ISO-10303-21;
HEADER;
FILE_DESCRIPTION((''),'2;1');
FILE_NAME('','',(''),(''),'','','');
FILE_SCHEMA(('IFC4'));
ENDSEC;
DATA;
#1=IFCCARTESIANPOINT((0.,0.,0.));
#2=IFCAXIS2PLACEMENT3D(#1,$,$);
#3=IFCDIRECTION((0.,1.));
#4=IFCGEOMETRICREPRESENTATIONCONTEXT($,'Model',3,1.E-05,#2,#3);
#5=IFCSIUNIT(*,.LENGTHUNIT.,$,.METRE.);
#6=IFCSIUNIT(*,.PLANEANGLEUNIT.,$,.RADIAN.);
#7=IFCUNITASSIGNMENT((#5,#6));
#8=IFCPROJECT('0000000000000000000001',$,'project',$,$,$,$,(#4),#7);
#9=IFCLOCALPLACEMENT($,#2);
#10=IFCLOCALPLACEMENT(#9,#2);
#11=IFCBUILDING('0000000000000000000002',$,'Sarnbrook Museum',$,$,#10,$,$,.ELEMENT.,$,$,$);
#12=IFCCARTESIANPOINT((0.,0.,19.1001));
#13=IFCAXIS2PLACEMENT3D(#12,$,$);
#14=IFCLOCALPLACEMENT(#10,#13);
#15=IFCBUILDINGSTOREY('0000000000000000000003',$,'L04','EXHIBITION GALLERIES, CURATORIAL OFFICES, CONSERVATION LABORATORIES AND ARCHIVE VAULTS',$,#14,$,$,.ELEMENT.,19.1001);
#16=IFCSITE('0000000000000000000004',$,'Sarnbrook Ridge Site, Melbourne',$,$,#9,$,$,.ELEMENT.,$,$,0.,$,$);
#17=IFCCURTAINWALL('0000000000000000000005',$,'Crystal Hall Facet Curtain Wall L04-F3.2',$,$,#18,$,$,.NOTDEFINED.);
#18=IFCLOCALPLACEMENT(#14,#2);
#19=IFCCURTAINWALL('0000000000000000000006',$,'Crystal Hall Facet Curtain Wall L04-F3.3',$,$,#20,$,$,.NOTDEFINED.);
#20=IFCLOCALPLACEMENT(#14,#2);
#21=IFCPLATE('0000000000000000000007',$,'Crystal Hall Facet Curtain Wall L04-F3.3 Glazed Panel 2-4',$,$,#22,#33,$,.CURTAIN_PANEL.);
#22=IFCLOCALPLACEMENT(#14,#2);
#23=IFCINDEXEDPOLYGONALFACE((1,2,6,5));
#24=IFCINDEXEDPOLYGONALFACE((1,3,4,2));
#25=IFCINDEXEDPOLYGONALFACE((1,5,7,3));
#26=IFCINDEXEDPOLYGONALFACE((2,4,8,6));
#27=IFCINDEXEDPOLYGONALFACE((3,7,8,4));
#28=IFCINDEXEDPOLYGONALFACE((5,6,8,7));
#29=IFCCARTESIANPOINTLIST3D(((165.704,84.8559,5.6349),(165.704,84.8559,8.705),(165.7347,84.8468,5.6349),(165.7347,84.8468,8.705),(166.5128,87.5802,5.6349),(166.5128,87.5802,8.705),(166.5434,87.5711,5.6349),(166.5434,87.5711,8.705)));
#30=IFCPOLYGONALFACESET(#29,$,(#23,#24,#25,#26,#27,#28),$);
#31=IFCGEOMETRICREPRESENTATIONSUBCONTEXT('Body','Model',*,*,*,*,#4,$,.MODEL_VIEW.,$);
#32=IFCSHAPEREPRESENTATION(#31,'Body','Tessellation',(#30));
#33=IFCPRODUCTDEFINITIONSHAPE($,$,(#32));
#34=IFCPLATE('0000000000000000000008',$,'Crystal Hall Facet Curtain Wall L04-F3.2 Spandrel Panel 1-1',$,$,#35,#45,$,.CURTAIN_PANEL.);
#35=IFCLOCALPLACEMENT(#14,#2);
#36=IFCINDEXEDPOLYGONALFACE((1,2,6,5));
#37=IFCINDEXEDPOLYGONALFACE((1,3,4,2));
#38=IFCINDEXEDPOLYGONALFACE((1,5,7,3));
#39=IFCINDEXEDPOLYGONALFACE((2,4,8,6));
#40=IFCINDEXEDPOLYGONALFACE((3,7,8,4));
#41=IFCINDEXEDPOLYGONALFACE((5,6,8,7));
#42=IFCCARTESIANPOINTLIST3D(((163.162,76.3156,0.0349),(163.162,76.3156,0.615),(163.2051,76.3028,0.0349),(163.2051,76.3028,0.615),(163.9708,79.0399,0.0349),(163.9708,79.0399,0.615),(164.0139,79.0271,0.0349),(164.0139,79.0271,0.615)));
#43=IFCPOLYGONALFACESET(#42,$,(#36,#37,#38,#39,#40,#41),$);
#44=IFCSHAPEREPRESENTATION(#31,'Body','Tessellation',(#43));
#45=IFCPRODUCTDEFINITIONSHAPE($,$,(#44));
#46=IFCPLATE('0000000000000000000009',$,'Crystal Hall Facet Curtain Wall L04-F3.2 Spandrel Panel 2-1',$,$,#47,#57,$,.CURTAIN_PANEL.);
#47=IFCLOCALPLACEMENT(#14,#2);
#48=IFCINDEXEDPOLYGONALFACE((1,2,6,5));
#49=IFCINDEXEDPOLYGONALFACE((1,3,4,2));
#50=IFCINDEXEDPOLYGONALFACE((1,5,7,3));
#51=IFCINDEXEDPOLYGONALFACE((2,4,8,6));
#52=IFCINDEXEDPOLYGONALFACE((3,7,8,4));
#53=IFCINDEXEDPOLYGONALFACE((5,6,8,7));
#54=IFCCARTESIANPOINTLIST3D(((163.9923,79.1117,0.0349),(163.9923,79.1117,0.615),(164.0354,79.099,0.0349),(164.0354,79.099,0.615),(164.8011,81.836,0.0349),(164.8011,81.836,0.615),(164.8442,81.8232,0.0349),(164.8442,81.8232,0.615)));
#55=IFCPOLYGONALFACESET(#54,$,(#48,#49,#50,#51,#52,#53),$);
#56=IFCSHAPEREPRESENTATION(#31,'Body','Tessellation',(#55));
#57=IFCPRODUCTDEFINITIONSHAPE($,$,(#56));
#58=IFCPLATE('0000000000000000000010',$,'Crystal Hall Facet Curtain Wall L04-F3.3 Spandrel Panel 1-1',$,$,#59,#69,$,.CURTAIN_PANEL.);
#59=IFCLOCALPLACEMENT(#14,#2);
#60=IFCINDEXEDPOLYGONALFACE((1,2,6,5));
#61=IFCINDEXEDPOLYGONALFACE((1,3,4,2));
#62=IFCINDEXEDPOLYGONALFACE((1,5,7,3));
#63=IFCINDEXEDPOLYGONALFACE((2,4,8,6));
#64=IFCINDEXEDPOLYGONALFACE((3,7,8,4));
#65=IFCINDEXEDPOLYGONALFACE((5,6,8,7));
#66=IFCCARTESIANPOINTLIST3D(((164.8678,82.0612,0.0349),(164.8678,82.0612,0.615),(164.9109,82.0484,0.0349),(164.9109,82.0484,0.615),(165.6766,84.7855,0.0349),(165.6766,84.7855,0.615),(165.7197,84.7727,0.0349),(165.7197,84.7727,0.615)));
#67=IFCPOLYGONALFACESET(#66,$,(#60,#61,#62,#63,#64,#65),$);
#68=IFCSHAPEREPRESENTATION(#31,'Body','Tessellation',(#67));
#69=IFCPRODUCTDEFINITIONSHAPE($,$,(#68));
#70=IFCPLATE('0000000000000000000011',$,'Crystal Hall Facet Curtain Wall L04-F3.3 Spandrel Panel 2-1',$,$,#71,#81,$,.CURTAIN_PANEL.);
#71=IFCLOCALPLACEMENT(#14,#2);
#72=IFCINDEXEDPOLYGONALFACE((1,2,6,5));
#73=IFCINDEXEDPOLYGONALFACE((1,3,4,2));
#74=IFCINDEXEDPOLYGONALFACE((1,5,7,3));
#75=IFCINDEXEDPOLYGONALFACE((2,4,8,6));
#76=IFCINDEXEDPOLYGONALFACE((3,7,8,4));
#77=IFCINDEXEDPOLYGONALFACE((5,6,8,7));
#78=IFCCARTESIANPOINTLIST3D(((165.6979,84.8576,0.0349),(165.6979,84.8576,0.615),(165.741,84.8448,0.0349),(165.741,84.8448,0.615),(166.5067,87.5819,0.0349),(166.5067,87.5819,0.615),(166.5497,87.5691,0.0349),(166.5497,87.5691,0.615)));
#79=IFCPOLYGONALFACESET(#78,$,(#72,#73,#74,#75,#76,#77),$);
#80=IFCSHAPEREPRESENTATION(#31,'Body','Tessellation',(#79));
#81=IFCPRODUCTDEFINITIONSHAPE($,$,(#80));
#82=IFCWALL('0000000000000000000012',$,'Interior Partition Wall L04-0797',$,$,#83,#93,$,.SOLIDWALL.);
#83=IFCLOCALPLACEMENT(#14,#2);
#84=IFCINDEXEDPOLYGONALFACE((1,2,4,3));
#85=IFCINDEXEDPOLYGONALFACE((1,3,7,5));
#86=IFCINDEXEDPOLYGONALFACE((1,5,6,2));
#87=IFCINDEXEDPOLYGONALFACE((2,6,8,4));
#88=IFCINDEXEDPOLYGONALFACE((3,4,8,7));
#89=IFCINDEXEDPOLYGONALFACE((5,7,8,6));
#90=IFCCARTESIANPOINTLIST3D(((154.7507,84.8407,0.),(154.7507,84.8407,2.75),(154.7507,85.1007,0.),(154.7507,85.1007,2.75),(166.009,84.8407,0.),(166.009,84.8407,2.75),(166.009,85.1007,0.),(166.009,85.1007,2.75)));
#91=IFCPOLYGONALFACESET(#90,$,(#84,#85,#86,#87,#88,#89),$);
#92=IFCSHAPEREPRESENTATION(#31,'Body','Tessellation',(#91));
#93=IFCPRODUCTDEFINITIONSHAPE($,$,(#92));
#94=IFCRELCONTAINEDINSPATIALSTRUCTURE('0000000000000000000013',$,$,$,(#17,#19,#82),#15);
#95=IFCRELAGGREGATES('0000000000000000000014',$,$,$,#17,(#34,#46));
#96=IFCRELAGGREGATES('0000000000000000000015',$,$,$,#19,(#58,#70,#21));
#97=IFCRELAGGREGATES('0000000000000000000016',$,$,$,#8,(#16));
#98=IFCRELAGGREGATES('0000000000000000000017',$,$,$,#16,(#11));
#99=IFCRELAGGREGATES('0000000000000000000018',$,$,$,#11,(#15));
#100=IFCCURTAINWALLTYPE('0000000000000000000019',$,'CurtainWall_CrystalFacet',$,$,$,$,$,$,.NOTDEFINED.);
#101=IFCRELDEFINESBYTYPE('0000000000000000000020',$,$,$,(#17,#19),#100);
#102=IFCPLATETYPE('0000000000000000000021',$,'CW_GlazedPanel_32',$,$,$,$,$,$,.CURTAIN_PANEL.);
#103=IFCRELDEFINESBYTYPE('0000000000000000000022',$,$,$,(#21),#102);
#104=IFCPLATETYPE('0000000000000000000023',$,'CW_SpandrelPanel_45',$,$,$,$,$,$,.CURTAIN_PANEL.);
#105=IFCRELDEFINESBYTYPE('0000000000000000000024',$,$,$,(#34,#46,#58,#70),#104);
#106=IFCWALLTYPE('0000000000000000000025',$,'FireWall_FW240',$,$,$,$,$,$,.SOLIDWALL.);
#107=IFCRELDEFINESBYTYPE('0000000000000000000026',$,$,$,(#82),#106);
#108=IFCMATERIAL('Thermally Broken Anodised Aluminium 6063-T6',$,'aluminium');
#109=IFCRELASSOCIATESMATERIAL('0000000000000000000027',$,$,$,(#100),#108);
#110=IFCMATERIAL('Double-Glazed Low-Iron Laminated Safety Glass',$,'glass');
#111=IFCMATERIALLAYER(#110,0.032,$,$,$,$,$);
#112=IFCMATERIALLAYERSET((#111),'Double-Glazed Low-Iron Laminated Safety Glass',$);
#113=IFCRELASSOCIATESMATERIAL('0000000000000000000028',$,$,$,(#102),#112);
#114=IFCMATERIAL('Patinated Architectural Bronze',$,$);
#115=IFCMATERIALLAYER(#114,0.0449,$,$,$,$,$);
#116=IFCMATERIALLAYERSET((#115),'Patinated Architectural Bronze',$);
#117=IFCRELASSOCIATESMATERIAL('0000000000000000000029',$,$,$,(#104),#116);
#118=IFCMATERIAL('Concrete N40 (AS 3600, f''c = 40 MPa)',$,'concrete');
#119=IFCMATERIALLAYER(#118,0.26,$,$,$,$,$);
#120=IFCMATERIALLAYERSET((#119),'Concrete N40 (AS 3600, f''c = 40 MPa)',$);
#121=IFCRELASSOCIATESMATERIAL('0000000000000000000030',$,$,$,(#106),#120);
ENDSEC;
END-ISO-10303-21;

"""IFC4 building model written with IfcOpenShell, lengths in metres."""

from ifc_helpers import new_model, si_unit, direction, frame, frame_2d, origin, origin_2d, place, context, subcontext, project, spatial, rectangle, extrude, material, layer, layer_set, type_object, element, aggregate, save


model = new_model("IFC4")

# Units and contexts
model_context = context("Model", 3, precision=1e-05, world=origin(), true_north=direction((0.0, 1.0)))
body_context = subcontext(model_context, "Body", "Model", "MODEL_VIEW")
ifc_project = project(units=[si_unit("LENGTHUNIT", "METRE"), si_unit("PLANEANGLEUNIT", "RADIAN")], contexts=[model_context])

# Site, building, storey
site_placement = place(None, origin())
site = spatial("IfcSite", under=ifc_project, at=site_placement, Name="Sarnbrook Ridge Site, Melbourne", CompositionType="ELEMENT", RefElevation=0.0)
building_placement = place(site_placement, origin())
building = spatial("IfcBuilding", under=site, at=building_placement, Name="Sarnbrook Museum", CompositionType="ELEMENT")
storey_placement = place(building_placement, frame((0.0, 0.0, 19.1001)))
storey = spatial("IfcBuildingStorey", under=building, at=storey_placement, Name="L04", Description="EXHIBITION GALLERIES, CURATORIAL OFFICES, CONSERVATION LABORATORIES AND ARCHIVE VAULTS", CompositionType="ELEMENT", Elevation=19.1001)

# Shared definitions
ifc_material_1 = material(Name="Thermally Broken Anodised Aluminium 6063-T6", Category="aluminium")
curtain_wall_type = type_object("IfcCurtainWallType", Name="CurtainWall_CrystalFacet", PredefinedType="NOTDEFINED", material=ifc_material_1)

# Curtain walls
curtain_wall_1_placement = place(storey_placement, origin())
curtain_wall_1 = element("IfcCurtainWall", 1, at=curtain_wall_1_placement, inside=storey, type_object=curtain_wall_type, Name="Crystal Hall Facet Curtain Wall L04-F3.2", PredefinedType="NOTDEFINED")
curtain_wall_2_placement = place(storey_placement, origin())
curtain_wall_2 = element("IfcCurtainWall", 2, at=curtain_wall_2_placement, inside=storey, type_object=curtain_wall_type, Name="Crystal Hall Facet Curtain Wall L04-F3.3", PredefinedType="NOTDEFINED")

# Plates
ifc_material_2 = material(Name="Double-Glazed Low-Iron Laminated Safety Glass", Category="glass")
ifc_layer_1 = layer(ifc_material_2, 0.032)
ifc_layer_set_1 = layer_set([ifc_layer_1], Name="Double-Glazed Low-Iron Laminated Safety Glass")
plate_type_1 = type_object("IfcPlateType", Name="CW_GlazedPanel_32", PredefinedType="CURTAIN_PANEL", material=ifc_layer_set_1)
plate_1_placement = place(storey_placement, frame((166.1084, 86.218, 7.1699), z_axis=(0.958647, -0.284597, 0.0), x_axis=(0.284597, 0.958647, 0.0)))
plate_1 = element("IfcPlate", 3, at=plate_1_placement, type_object=plate_type_1, Name="Crystal Hall Facet Curtain Wall L04-F3.3 Glazed Panel 2-4", PredefinedType="CURTAIN_PANEL", context=body_context, shape_type="SweptSolid", body=[
    extrude(rectangle(XDim=2.8418, YDim=3.0701, at=origin_2d()), origin(), (0.0, 0.0, 1.0), 0.032),
])
ifc_material_3 = material(Name="Patinated Architectural Bronze")
ifc_layer_2 = layer(ifc_material_3, 0.0449)
ifc_layer_set_2 = layer_set([ifc_layer_2], Name="Patinated Architectural Bronze")
plate_type_2 = type_object("IfcPlateType", Name="CW_SpandrelPanel_45", PredefinedType="CURTAIN_PANEL", material=ifc_layer_set_2)
plate_2_placement = place(storey_placement, frame((163.5664, 77.6777, 0.325), z_axis=(0.958647, -0.284597, 0.0), x_axis=(0.284597, 0.958647, 0.0)))
plate_2 = element("IfcPlate", 4, at=plate_2_placement, type_object=plate_type_2, Name="Crystal Hall Facet Curtain Wall L04-F3.2 Spandrel Panel 1-1", PredefinedType="CURTAIN_PANEL", context=body_context, shape_type="SweptSolid", body=[
    extrude(rectangle(XDim=2.8418, YDim=0.5801, at=origin_2d()), origin(), (0.0, 0.0, 1.0), 0.0449),
])
plate_3_placement = place(storey_placement, frame((164.3967, 80.4739, 0.325), z_axis=(0.958647, -0.284597, 0.0), x_axis=(0.284597, 0.958647, 0.0)))
plate_3 = element("IfcPlate", 5, at=plate_3_placement, type_object=plate_type_2, Name="Crystal Hall Facet Curtain Wall L04-F3.2 Spandrel Panel 2-1", PredefinedType="CURTAIN_PANEL", context=body_context, shape_type="SweptSolid", body=[
    extrude(rectangle(XDim=2.8418, YDim=0.5801, at=origin_2d()), origin(), (0.0, 0.0, 1.0), 0.0449),
])
aggregate(curtain_wall_1, [plate_2, plate_3])
plate_4_placement = place(storey_placement, frame((165.2722, 83.4233, 0.325), z_axis=(0.958647, -0.284597, 0.0), x_axis=(0.284597, 0.958647, 0.0)))
plate_4 = element("IfcPlate", 6, at=plate_4_placement, type_object=plate_type_2, Name="Crystal Hall Facet Curtain Wall L04-F3.3 Spandrel Panel 1-1", PredefinedType="CURTAIN_PANEL", context=body_context, shape_type="SweptSolid", body=[
    extrude(rectangle(XDim=2.8418, YDim=0.5801, at=origin_2d()), origin(), (0.0, 0.0, 1.0), 0.0449),
])
plate_5_placement = place(storey_placement, frame((166.1023, 86.2197, 0.325), z_axis=(0.958647, -0.284597, 0.0), x_axis=(0.284597, 0.958647, 0.0)))
plate_5 = element("IfcPlate", 7, at=plate_5_placement, type_object=plate_type_2, Name="Crystal Hall Facet Curtain Wall L04-F3.3 Spandrel Panel 2-1", PredefinedType="CURTAIN_PANEL", context=body_context, shape_type="SweptSolid", body=[
    extrude(rectangle(XDim=2.8418, YDim=0.5801, at=origin_2d()), origin(), (0.0, 0.0, 1.0), 0.0449),
])
aggregate(curtain_wall_2, [plate_4, plate_5, plate_1])

# Wall
ifc_material_4 = material(Name="Concrete N40 (AS 3600, f'c = 40 MPa)", Category="concrete")
ifc_layer_3 = layer(ifc_material_4, 0.26)
ifc_layer_set_3 = layer_set([ifc_layer_3], Name="Concrete N40 (AS 3600, f'c = 40 MPa)")
wall_type = type_object("IfcWallType", Name="FireWall_FW240", PredefinedType="SOLIDWALL", material=ifc_layer_set_3)
wall_placement = place(storey_placement, frame((166.009, 84.9707, 0.0), z_axis=(0.0, 0.0, 1.0), x_axis=(-1.0, 0.0, 0.0)))
element("IfcWall", 8, at=wall_placement, inside=storey, type_object=wall_type, Name="Interior Partition Wall L04-0797", PredefinedType="SOLIDWALL", context=body_context, shape_type="SweptSolid", body=[
    extrude(rectangle(XDim=11.2583, YDim=0.26, at=frame_2d((5.6292, 0.0))), origin(), (0.0, 0.0, 1.0), 2.75),
])

save(model, "model.ifc")
